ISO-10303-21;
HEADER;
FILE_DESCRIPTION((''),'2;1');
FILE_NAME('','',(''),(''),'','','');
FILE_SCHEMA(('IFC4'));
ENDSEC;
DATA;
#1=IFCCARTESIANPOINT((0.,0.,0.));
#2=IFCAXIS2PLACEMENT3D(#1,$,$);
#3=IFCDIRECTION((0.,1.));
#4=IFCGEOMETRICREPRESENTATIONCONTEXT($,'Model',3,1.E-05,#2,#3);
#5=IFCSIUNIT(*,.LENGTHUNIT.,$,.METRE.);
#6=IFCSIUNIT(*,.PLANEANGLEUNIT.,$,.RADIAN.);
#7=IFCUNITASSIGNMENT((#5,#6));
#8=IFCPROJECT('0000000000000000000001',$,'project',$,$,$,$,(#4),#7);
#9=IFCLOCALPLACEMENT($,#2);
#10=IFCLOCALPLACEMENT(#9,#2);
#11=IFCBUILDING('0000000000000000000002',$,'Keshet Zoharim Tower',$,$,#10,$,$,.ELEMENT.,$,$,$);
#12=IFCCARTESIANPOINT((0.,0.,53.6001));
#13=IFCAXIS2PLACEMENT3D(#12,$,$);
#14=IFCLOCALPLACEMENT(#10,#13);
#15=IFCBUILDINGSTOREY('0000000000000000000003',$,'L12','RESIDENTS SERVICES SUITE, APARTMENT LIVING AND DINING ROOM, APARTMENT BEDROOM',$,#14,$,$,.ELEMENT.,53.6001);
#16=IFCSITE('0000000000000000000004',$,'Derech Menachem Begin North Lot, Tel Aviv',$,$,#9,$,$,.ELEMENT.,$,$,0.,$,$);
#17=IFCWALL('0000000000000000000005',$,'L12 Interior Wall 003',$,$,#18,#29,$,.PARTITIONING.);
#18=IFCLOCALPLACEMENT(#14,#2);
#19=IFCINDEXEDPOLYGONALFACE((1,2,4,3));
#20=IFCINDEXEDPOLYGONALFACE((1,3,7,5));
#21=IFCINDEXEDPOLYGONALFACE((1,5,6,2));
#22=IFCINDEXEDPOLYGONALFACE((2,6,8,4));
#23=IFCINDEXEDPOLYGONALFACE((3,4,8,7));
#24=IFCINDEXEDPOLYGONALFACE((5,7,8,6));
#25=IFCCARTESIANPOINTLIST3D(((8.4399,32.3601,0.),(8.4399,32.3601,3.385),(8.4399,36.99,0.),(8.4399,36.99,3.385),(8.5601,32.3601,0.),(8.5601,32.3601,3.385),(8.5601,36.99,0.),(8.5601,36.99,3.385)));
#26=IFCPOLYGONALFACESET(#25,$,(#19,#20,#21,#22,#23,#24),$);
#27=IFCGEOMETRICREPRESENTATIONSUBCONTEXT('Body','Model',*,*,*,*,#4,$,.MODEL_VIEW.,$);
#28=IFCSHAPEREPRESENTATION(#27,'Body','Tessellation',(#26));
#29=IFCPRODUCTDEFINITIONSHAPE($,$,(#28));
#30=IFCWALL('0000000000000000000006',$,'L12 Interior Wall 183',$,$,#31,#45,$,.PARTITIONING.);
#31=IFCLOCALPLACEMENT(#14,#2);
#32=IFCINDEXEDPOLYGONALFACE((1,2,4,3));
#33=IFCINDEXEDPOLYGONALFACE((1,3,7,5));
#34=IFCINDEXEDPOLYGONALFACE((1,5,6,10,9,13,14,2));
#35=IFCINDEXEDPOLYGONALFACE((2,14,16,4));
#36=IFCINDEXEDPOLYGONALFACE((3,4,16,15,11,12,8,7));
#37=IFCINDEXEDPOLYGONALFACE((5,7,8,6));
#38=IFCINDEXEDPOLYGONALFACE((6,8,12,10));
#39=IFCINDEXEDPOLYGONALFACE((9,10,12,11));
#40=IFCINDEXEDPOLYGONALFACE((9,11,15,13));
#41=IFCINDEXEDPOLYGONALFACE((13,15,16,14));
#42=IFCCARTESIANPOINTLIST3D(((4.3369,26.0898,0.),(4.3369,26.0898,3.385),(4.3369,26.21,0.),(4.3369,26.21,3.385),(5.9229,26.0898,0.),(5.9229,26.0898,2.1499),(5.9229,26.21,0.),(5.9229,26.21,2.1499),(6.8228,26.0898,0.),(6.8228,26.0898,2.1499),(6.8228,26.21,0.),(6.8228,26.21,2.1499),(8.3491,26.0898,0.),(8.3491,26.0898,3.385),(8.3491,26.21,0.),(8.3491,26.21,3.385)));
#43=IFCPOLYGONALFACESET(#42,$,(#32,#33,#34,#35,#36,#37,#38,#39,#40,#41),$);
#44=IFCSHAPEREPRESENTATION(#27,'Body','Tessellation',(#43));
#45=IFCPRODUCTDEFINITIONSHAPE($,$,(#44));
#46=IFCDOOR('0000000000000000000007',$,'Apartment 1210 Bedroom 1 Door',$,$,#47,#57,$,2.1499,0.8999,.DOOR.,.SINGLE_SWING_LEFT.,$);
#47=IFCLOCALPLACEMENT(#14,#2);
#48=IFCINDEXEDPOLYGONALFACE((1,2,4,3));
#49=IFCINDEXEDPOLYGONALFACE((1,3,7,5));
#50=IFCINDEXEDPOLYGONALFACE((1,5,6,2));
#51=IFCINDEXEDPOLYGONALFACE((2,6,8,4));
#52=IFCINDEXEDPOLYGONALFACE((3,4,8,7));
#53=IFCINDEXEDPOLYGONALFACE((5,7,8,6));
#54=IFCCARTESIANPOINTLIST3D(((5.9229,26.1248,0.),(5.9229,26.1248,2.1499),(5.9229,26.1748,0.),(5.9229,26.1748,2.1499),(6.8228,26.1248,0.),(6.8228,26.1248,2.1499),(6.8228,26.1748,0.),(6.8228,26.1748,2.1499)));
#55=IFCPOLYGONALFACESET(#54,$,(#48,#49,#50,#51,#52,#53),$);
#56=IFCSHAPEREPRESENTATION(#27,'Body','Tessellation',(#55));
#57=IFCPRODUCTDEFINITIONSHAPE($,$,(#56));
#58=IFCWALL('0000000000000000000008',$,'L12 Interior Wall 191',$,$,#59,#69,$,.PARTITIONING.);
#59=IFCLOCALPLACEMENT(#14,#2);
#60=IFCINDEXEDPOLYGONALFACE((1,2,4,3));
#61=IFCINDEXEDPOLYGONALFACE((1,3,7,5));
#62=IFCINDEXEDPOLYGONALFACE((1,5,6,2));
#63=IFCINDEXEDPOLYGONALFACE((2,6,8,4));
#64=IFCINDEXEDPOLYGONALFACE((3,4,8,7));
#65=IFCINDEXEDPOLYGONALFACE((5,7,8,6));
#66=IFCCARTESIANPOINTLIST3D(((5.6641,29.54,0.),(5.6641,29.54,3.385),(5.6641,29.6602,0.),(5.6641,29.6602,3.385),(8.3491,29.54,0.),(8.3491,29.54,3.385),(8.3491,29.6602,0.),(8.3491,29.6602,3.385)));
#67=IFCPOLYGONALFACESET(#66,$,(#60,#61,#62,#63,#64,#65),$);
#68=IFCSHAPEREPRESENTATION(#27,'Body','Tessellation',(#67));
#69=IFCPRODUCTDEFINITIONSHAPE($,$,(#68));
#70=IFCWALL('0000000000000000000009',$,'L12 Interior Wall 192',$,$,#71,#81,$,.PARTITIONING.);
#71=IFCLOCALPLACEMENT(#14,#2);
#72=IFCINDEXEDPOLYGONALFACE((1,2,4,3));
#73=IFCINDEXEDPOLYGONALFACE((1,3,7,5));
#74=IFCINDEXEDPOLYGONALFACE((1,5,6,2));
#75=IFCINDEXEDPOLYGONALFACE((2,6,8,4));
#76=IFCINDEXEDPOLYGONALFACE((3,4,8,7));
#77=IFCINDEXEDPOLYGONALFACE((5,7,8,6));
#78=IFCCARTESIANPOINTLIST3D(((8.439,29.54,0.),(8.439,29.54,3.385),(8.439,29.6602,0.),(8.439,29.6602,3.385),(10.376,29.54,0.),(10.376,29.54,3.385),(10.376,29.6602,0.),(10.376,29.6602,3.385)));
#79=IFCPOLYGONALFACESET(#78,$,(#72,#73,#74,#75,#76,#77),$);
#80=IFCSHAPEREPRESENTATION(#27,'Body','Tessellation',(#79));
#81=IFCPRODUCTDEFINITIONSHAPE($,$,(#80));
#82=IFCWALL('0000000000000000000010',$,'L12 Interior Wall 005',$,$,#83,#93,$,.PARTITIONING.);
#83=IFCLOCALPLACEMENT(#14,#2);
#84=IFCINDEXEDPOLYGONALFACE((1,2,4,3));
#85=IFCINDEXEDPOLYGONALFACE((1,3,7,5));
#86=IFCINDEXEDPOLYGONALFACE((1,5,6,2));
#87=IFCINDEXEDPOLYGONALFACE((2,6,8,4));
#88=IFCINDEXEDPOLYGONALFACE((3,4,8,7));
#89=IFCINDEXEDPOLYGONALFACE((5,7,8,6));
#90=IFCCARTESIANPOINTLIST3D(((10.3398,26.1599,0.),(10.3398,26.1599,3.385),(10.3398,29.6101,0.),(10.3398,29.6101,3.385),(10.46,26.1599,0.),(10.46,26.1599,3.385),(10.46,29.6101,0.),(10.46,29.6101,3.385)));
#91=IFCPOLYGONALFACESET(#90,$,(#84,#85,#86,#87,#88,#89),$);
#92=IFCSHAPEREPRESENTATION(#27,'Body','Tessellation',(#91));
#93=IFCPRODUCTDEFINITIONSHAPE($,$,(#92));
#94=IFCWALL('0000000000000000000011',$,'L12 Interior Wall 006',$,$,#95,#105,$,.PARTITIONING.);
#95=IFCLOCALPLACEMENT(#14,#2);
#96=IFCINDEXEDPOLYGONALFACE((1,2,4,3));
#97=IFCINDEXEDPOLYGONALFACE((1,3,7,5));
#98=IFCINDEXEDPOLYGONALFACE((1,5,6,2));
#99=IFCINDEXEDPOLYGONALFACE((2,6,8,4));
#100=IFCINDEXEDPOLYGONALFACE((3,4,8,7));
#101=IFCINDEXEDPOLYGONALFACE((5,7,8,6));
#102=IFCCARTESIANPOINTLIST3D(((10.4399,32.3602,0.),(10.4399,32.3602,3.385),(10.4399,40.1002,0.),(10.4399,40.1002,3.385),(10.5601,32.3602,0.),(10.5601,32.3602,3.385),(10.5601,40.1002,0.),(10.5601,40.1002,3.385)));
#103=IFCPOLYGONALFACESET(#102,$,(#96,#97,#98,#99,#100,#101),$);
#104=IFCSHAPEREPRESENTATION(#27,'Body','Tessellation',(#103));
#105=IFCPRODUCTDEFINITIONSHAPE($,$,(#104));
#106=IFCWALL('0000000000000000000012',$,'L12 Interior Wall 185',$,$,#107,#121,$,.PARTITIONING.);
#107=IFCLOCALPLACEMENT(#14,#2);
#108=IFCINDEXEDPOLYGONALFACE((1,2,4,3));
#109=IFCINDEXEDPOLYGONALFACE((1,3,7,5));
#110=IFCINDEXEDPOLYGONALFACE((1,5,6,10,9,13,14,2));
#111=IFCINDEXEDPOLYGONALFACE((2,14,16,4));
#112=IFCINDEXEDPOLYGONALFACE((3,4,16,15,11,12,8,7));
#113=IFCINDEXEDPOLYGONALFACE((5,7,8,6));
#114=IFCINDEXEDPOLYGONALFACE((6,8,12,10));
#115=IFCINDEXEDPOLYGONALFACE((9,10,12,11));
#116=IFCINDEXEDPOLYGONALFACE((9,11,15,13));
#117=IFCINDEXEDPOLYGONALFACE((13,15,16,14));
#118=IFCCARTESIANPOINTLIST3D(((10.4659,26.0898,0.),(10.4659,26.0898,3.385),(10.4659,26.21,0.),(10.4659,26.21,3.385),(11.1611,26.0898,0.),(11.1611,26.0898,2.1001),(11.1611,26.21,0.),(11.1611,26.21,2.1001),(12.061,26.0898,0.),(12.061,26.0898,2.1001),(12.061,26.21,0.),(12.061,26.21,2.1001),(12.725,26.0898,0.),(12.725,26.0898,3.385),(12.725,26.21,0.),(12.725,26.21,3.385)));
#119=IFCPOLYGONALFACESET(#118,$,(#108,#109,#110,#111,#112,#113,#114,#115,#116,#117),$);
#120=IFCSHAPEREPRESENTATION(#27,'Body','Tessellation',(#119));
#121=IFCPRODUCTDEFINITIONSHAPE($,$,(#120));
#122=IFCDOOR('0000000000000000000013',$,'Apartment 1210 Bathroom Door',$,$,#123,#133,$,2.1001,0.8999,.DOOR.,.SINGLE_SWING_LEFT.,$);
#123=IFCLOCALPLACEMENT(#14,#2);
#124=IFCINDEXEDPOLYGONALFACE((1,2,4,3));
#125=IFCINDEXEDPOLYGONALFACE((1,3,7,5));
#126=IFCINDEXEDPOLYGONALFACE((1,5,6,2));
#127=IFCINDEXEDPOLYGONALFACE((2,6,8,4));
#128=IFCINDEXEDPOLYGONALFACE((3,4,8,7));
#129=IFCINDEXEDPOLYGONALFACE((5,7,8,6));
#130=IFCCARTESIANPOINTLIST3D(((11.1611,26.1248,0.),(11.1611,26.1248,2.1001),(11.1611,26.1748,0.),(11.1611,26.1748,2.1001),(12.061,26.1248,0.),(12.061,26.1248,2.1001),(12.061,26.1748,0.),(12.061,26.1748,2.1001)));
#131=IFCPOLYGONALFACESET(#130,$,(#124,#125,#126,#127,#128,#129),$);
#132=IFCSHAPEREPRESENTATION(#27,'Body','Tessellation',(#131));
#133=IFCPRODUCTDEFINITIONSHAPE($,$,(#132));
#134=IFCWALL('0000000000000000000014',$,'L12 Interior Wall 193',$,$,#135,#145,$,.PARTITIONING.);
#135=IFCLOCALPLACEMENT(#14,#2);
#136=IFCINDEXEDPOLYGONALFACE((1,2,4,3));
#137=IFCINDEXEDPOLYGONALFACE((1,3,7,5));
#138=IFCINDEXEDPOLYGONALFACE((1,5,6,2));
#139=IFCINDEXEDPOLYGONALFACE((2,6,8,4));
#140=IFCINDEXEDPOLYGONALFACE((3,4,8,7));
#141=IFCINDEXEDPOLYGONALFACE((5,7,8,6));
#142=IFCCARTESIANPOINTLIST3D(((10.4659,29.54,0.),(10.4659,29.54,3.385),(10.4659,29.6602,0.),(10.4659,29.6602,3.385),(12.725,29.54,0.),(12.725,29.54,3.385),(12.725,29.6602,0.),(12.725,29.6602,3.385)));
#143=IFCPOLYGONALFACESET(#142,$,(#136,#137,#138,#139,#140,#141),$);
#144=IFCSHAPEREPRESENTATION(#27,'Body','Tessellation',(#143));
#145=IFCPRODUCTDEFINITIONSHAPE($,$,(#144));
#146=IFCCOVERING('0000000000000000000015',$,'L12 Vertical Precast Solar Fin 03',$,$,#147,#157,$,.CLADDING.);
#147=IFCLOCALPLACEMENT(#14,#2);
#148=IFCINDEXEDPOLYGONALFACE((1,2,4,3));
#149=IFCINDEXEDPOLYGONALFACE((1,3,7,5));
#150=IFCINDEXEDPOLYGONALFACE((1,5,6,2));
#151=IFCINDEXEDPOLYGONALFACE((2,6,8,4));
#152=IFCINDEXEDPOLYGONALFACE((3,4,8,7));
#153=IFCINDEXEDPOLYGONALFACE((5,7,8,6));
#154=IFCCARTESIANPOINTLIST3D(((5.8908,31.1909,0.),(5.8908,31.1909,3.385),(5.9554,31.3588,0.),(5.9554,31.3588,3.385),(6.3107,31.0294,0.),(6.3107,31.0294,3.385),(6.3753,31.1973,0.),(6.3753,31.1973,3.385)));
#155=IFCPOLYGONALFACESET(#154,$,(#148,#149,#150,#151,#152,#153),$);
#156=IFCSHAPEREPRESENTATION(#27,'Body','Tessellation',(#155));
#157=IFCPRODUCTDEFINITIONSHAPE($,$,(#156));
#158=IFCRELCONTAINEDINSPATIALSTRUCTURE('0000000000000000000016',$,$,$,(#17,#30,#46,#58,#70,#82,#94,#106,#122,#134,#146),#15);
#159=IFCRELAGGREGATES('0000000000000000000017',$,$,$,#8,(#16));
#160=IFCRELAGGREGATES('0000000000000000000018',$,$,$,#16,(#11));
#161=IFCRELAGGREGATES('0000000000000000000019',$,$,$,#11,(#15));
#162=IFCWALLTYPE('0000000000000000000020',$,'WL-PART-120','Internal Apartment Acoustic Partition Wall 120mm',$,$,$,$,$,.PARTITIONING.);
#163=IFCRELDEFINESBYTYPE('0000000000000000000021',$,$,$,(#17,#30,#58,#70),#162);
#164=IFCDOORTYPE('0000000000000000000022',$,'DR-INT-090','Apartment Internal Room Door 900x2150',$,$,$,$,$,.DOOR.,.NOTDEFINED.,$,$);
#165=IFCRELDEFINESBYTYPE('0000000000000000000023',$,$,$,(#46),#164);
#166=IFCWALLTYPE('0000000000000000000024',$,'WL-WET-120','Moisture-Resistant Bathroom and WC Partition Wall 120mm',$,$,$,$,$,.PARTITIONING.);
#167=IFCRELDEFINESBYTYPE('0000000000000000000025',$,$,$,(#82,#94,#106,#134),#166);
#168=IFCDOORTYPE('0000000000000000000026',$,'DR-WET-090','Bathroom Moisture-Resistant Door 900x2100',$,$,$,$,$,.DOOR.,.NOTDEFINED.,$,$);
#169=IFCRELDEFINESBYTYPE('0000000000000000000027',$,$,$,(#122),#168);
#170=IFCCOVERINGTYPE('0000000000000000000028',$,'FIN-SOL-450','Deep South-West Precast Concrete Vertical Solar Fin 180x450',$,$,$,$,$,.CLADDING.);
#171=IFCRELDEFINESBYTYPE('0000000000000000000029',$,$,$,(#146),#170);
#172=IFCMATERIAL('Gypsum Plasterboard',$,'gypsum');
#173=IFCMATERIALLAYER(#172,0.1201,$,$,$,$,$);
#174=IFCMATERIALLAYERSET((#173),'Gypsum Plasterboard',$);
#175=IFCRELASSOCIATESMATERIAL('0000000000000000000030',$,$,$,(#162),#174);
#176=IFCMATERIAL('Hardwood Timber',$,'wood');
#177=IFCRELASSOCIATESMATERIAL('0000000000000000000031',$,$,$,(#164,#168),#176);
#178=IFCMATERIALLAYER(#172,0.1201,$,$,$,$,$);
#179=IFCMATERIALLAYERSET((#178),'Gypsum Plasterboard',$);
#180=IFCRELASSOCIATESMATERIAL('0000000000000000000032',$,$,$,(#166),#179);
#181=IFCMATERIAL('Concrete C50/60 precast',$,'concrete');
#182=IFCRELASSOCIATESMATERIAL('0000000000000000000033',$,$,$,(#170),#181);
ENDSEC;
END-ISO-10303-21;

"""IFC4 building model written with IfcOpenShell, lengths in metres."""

from ifc_helpers import new_model, si_unit, direction, frame, frame_2d, origin, origin_2d, place, context, subcontext, project, spatial, rectangle, extrude, material, layer, layer_set, type_object, element, fill, save


model = new_model("IFC4")

# Units and contexts
model_context = context("Model", 3, precision=1e-05, world=origin(), true_north=direction((0.0, 1.0)))
body_context = subcontext(model_context, "Body", "Model", "MODEL_VIEW")
ifc_project = project(units=[si_unit("LENGTHUNIT", "METRE"), si_unit("PLANEANGLEUNIT", "RADIAN")], contexts=[model_context])

# Site, building, storey
site_placement = place(None, origin())
site = spatial("IfcSite", under=ifc_project, at=site_placement, Name="Derech Menachem Begin North Lot, Tel Aviv", CompositionType="ELEMENT", RefElevation=0.0)
building_placement = place(site_placement, origin())
building = spatial("IfcBuilding", under=site, at=building_placement, Name="Keshet Zoharim Tower", CompositionType="ELEMENT")
storey_placement = place(building_placement, frame((0.0, 0.0, 53.6001)))
storey = spatial("IfcBuildingStorey", under=building, at=storey_placement, Name="L12", Description="RESIDENTS SERVICES SUITE, APARTMENT LIVING AND DINING ROOM, APARTMENT BEDROOM", CompositionType="ELEMENT", Elevation=53.6001)

# Wall
ifc_material_1 = material(Name="Gypsum Plasterboard", Category="gypsum")
ifc_layer_1 = layer(ifc_material_1, 0.1201)
ifc_layer_set_1 = layer_set([ifc_layer_1], Name="Gypsum Plasterboard")
wall_type_1 = type_object("IfcWallType", Name="WL-PART-120", Description="Internal Apartment Acoustic Partition Wall 120mm", PredefinedType="PARTITIONING", material=ifc_layer_set_1)
wall_1_placement = place(storey_placement, frame((8.5, 32.3601, 0.0), z_axis=(0.0, 0.0, 1.0), x_axis=(0.0, 1.0, 0.0)))
element("IfcWall", 1, at=wall_1_placement, inside=storey, type_object=wall_type_1, Name="L12 Interior Wall 003", PredefinedType="PARTITIONING", context=body_context, shape_type="SweptSolid", body=[
    extrude(rectangle(XDim=4.6299, YDim=0.1201, at=frame_2d((2.3149, 0.0))), origin(), (0.0, 0.0, 1.0), 3.385),
])

# Wall, opening, door
wall_2_placement = place(storey_placement, frame((4.3369, 26.1499, 0.0), z_axis=(0.0, 0.0, 1.0), x_axis=(1.0, 0.0, 0.0)))
wall_2 = element("IfcWall", 2, at=wall_2_placement, inside=storey, type_object=wall_type_1, Name="L12 Interior Wall 183", PredefinedType="PARTITIONING", context=body_context, shape_type="SweptSolid", body=[
    extrude(rectangle(XDim=4.0122, YDim=0.1201, at=frame_2d((2.0061, 0.0))), origin(), (0.0, 0.0, 1.0), 3.385),
])
opening_1_placement = place(wall_2_placement, frame((1.5859, 0.0, 0.0)))
opening_1 = element("IfcOpeningElement", 3, at=opening_1_placement, cuts=wall_2, PredefinedType="OPENING", context=body_context, shape_type="SweptSolid", body=[
    extrude(rectangle(XDim=0.8999, YDim=2.1499, at=frame_2d((0.45, 1.075))), frame((0.0, 0.0701, 0.0), z_axis=(0.0, -1.0, 0.0), x_axis=(1.0, 0.0, 0.0)), (0.0, 0.0, 1.0), 0.1401),
])
ifc_material_2 = material(Name="Hardwood Timber", Category="wood")
door_type_1 = type_object("IfcDoorType", Name="DR-INT-090", Description="Apartment Internal Room Door 900x2150", OperationType="NOTDEFINED", PredefinedType="DOOR", material=ifc_material_2)
door_1_placement = place(opening_1_placement, origin())
door_1 = element("IfcDoor", 4, at=door_1_placement, inside=storey, type_object=door_type_1, Name="Apartment 1210 Bedroom 1 Door", OperationType="SINGLE_SWING_LEFT", OverallHeight=2.1499, OverallWidth=0.8999, PredefinedType="DOOR", context=body_context, shape_type="SweptSolid", body=[
    extrude(rectangle(XDim=0.8999, YDim=2.1499, at=frame_2d((0.45, 1.075))), frame((0.0, 0.0249, 0.0), z_axis=(0.0, -1.0, 0.0), x_axis=(1.0, 0.0, 0.0)), (0.0, 0.0, 1.0), 0.05),
])
fill(opening_1, door_1)

# Walls
wall_3_placement = place(storey_placement, frame((5.6641, 29.6001, 0.0), z_axis=(0.0, 0.0, 1.0), x_axis=(1.0, 0.0, 0.0)))
element("IfcWall", 5, at=wall_3_placement, inside=storey, type_object=wall_type_1, Name="L12 Interior Wall 191", PredefinedType="PARTITIONING", context=body_context, shape_type="SweptSolid", body=[
    extrude(rectangle(XDim=2.6851, YDim=0.1201, at=frame_2d((1.3425, 0.0))), origin(), (0.0, 0.0, 1.0), 3.385),
])
wall_4_placement = place(storey_placement, frame((8.439, 29.6001, 0.0), z_axis=(0.0, 0.0, 1.0), x_axis=(1.0, 0.0, 0.0)))
element("IfcWall", 6, at=wall_4_placement, inside=storey, type_object=wall_type_1, Name="L12 Interior Wall 192", PredefinedType="PARTITIONING", context=body_context, shape_type="SweptSolid", body=[
    extrude(rectangle(XDim=1.937, YDim=0.1201, at=frame_2d((0.9685, 0.0))), origin(), (0.0, 0.0, 1.0), 3.385),
])

# Walls
ifc_layer_2 = layer(ifc_material_1, 0.1201)
ifc_layer_set_2 = layer_set([ifc_layer_2], Name="Gypsum Plasterboard")
wall_type_2 = type_object("IfcWallType", Name="WL-WET-120", Description="Moisture-Resistant Bathroom and WC Partition Wall 120mm", PredefinedType="PARTITIONING", material=ifc_layer_set_2)
wall_5_placement = place(storey_placement, frame((10.3999, 26.1599, 0.0), z_axis=(0.0, 0.0, 1.0), x_axis=(0.0, 1.0, 0.0)))
element("IfcWall", 7, at=wall_5_placement, inside=storey, type_object=wall_type_2, Name="L12 Interior Wall 005", PredefinedType="PARTITIONING", context=body_context, shape_type="SweptSolid", body=[
    extrude(rectangle(XDim=3.4502, YDim=0.1201, at=frame_2d((1.7251, 0.0))), origin(), (0.0, 0.0, 1.0), 3.385),
])
wall_6_placement = place(storey_placement, frame((10.5, 32.3601, 0.0), z_axis=(0.0, 0.0, 1.0), x_axis=(0.0, 1.0, 0.0)))
element("IfcWall", 8, at=wall_6_placement, inside=storey, type_object=wall_type_2, Name="L12 Interior Wall 006", PredefinedType="PARTITIONING", context=body_context, shape_type="SweptSolid", body=[
    extrude(rectangle(XDim=7.74, YDim=0.1201, at=frame_2d((3.8701, 0.0))), origin(), (0.0, 0.0, 1.0), 3.385),
])

# Wall, opening, door
wall_7_placement = place(storey_placement, frame((10.4661, 26.1499, 0.0), z_axis=(0.0, 0.0, 1.0), x_axis=(1.0, 0.0, 0.0)))
wall_7 = element("IfcWall", 9, at=wall_7_placement, inside=storey, type_object=wall_type_2, Name="L12 Interior Wall 185", PredefinedType="PARTITIONING", context=body_context, shape_type="SweptSolid", body=[
    extrude(rectangle(XDim=2.259, YDim=0.1201, at=frame_2d((1.1294, 0.0))), origin(), (0.0, 0.0, 1.0), 3.385),
])
opening_2_placement = place(wall_7_placement, frame((0.6951, 0.0, 0.0)))
opening_2 = element("IfcOpeningElement", 10, at=opening_2_placement, cuts=wall_7, PredefinedType="OPENING", context=body_context, shape_type="SweptSolid", body=[
    extrude(rectangle(XDim=0.8999, YDim=2.1001, at=frame_2d((0.45, 1.05))), frame((0.0, 0.0701, 0.0), z_axis=(0.0, -1.0, 0.0), x_axis=(1.0, 0.0, 0.0)), (0.0, 0.0, 1.0), 0.1401),
])
door_type_2 = type_object("IfcDoorType", Name="DR-WET-090", Description="Bathroom Moisture-Resistant Door 900x2100", OperationType="NOTDEFINED", PredefinedType="DOOR", material=ifc_material_2)
door_2_placement = place(opening_2_placement, origin())
door_2 = element("IfcDoor", 11, at=door_2_placement, inside=storey, type_object=door_type_2, Name="Apartment 1210 Bathroom Door", OperationType="SINGLE_SWING_LEFT", OverallHeight=2.1001, OverallWidth=0.8999, PredefinedType="DOOR", context=body_context, shape_type="SweptSolid", body=[
    extrude(rectangle(XDim=0.8999, YDim=2.1001, at=frame_2d((0.45, 1.05))), frame((0.0, 0.0249, 0.0), z_axis=(0.0, -1.0, 0.0), x_axis=(1.0, 0.0, 0.0)), (0.0, 0.0, 1.0), 0.05),
])
fill(opening_2, door_2)

# Wall
wall_8_placement = place(storey_placement, frame((10.4661, 29.6001, 0.0), z_axis=(0.0, 0.0, 1.0), x_axis=(1.0, 0.0, 0.0)))
element("IfcWall", 12, at=wall_8_placement, inside=storey, type_object=wall_type_2, Name="L12 Interior Wall 193", PredefinedType="PARTITIONING", context=body_context, shape_type="SweptSolid", body=[
    extrude(rectangle(XDim=2.259, YDim=0.1201, at=frame_2d((1.1294, 0.0))), origin(), (0.0, 0.0, 1.0), 3.385),
])

# Covering
ifc_material_3 = material(Name="Concrete C50/60 precast", Category="concrete")
covering_type = type_object("IfcCoveringType", Name="FIN-SOL-450", Description="Deep South-West Precast Concrete Vertical Solar Fin 180x450", PredefinedType="CLADDING", material=ifc_material_3)
covering_placement = place(storey_placement, frame((6.1331, 31.1941, 0.0), z_axis=(0.0, 0.0, 1.0), x_axis=(0.35899, 0.933341, 0.0)))
element("IfcCovering", 13, at=covering_placement, inside=storey, type_object=covering_type, Name="L12 Vertical Precast Solar Fin 03", PredefinedType="CLADDING", context=body_context, shape_type="SweptSolid", body=[
    extrude(rectangle(XDim=0.1799, YDim=0.45, at=origin_2d()), origin(), (0.0, 0.0, 1.0), 3.385),
])

save(model, "model.ifc")
